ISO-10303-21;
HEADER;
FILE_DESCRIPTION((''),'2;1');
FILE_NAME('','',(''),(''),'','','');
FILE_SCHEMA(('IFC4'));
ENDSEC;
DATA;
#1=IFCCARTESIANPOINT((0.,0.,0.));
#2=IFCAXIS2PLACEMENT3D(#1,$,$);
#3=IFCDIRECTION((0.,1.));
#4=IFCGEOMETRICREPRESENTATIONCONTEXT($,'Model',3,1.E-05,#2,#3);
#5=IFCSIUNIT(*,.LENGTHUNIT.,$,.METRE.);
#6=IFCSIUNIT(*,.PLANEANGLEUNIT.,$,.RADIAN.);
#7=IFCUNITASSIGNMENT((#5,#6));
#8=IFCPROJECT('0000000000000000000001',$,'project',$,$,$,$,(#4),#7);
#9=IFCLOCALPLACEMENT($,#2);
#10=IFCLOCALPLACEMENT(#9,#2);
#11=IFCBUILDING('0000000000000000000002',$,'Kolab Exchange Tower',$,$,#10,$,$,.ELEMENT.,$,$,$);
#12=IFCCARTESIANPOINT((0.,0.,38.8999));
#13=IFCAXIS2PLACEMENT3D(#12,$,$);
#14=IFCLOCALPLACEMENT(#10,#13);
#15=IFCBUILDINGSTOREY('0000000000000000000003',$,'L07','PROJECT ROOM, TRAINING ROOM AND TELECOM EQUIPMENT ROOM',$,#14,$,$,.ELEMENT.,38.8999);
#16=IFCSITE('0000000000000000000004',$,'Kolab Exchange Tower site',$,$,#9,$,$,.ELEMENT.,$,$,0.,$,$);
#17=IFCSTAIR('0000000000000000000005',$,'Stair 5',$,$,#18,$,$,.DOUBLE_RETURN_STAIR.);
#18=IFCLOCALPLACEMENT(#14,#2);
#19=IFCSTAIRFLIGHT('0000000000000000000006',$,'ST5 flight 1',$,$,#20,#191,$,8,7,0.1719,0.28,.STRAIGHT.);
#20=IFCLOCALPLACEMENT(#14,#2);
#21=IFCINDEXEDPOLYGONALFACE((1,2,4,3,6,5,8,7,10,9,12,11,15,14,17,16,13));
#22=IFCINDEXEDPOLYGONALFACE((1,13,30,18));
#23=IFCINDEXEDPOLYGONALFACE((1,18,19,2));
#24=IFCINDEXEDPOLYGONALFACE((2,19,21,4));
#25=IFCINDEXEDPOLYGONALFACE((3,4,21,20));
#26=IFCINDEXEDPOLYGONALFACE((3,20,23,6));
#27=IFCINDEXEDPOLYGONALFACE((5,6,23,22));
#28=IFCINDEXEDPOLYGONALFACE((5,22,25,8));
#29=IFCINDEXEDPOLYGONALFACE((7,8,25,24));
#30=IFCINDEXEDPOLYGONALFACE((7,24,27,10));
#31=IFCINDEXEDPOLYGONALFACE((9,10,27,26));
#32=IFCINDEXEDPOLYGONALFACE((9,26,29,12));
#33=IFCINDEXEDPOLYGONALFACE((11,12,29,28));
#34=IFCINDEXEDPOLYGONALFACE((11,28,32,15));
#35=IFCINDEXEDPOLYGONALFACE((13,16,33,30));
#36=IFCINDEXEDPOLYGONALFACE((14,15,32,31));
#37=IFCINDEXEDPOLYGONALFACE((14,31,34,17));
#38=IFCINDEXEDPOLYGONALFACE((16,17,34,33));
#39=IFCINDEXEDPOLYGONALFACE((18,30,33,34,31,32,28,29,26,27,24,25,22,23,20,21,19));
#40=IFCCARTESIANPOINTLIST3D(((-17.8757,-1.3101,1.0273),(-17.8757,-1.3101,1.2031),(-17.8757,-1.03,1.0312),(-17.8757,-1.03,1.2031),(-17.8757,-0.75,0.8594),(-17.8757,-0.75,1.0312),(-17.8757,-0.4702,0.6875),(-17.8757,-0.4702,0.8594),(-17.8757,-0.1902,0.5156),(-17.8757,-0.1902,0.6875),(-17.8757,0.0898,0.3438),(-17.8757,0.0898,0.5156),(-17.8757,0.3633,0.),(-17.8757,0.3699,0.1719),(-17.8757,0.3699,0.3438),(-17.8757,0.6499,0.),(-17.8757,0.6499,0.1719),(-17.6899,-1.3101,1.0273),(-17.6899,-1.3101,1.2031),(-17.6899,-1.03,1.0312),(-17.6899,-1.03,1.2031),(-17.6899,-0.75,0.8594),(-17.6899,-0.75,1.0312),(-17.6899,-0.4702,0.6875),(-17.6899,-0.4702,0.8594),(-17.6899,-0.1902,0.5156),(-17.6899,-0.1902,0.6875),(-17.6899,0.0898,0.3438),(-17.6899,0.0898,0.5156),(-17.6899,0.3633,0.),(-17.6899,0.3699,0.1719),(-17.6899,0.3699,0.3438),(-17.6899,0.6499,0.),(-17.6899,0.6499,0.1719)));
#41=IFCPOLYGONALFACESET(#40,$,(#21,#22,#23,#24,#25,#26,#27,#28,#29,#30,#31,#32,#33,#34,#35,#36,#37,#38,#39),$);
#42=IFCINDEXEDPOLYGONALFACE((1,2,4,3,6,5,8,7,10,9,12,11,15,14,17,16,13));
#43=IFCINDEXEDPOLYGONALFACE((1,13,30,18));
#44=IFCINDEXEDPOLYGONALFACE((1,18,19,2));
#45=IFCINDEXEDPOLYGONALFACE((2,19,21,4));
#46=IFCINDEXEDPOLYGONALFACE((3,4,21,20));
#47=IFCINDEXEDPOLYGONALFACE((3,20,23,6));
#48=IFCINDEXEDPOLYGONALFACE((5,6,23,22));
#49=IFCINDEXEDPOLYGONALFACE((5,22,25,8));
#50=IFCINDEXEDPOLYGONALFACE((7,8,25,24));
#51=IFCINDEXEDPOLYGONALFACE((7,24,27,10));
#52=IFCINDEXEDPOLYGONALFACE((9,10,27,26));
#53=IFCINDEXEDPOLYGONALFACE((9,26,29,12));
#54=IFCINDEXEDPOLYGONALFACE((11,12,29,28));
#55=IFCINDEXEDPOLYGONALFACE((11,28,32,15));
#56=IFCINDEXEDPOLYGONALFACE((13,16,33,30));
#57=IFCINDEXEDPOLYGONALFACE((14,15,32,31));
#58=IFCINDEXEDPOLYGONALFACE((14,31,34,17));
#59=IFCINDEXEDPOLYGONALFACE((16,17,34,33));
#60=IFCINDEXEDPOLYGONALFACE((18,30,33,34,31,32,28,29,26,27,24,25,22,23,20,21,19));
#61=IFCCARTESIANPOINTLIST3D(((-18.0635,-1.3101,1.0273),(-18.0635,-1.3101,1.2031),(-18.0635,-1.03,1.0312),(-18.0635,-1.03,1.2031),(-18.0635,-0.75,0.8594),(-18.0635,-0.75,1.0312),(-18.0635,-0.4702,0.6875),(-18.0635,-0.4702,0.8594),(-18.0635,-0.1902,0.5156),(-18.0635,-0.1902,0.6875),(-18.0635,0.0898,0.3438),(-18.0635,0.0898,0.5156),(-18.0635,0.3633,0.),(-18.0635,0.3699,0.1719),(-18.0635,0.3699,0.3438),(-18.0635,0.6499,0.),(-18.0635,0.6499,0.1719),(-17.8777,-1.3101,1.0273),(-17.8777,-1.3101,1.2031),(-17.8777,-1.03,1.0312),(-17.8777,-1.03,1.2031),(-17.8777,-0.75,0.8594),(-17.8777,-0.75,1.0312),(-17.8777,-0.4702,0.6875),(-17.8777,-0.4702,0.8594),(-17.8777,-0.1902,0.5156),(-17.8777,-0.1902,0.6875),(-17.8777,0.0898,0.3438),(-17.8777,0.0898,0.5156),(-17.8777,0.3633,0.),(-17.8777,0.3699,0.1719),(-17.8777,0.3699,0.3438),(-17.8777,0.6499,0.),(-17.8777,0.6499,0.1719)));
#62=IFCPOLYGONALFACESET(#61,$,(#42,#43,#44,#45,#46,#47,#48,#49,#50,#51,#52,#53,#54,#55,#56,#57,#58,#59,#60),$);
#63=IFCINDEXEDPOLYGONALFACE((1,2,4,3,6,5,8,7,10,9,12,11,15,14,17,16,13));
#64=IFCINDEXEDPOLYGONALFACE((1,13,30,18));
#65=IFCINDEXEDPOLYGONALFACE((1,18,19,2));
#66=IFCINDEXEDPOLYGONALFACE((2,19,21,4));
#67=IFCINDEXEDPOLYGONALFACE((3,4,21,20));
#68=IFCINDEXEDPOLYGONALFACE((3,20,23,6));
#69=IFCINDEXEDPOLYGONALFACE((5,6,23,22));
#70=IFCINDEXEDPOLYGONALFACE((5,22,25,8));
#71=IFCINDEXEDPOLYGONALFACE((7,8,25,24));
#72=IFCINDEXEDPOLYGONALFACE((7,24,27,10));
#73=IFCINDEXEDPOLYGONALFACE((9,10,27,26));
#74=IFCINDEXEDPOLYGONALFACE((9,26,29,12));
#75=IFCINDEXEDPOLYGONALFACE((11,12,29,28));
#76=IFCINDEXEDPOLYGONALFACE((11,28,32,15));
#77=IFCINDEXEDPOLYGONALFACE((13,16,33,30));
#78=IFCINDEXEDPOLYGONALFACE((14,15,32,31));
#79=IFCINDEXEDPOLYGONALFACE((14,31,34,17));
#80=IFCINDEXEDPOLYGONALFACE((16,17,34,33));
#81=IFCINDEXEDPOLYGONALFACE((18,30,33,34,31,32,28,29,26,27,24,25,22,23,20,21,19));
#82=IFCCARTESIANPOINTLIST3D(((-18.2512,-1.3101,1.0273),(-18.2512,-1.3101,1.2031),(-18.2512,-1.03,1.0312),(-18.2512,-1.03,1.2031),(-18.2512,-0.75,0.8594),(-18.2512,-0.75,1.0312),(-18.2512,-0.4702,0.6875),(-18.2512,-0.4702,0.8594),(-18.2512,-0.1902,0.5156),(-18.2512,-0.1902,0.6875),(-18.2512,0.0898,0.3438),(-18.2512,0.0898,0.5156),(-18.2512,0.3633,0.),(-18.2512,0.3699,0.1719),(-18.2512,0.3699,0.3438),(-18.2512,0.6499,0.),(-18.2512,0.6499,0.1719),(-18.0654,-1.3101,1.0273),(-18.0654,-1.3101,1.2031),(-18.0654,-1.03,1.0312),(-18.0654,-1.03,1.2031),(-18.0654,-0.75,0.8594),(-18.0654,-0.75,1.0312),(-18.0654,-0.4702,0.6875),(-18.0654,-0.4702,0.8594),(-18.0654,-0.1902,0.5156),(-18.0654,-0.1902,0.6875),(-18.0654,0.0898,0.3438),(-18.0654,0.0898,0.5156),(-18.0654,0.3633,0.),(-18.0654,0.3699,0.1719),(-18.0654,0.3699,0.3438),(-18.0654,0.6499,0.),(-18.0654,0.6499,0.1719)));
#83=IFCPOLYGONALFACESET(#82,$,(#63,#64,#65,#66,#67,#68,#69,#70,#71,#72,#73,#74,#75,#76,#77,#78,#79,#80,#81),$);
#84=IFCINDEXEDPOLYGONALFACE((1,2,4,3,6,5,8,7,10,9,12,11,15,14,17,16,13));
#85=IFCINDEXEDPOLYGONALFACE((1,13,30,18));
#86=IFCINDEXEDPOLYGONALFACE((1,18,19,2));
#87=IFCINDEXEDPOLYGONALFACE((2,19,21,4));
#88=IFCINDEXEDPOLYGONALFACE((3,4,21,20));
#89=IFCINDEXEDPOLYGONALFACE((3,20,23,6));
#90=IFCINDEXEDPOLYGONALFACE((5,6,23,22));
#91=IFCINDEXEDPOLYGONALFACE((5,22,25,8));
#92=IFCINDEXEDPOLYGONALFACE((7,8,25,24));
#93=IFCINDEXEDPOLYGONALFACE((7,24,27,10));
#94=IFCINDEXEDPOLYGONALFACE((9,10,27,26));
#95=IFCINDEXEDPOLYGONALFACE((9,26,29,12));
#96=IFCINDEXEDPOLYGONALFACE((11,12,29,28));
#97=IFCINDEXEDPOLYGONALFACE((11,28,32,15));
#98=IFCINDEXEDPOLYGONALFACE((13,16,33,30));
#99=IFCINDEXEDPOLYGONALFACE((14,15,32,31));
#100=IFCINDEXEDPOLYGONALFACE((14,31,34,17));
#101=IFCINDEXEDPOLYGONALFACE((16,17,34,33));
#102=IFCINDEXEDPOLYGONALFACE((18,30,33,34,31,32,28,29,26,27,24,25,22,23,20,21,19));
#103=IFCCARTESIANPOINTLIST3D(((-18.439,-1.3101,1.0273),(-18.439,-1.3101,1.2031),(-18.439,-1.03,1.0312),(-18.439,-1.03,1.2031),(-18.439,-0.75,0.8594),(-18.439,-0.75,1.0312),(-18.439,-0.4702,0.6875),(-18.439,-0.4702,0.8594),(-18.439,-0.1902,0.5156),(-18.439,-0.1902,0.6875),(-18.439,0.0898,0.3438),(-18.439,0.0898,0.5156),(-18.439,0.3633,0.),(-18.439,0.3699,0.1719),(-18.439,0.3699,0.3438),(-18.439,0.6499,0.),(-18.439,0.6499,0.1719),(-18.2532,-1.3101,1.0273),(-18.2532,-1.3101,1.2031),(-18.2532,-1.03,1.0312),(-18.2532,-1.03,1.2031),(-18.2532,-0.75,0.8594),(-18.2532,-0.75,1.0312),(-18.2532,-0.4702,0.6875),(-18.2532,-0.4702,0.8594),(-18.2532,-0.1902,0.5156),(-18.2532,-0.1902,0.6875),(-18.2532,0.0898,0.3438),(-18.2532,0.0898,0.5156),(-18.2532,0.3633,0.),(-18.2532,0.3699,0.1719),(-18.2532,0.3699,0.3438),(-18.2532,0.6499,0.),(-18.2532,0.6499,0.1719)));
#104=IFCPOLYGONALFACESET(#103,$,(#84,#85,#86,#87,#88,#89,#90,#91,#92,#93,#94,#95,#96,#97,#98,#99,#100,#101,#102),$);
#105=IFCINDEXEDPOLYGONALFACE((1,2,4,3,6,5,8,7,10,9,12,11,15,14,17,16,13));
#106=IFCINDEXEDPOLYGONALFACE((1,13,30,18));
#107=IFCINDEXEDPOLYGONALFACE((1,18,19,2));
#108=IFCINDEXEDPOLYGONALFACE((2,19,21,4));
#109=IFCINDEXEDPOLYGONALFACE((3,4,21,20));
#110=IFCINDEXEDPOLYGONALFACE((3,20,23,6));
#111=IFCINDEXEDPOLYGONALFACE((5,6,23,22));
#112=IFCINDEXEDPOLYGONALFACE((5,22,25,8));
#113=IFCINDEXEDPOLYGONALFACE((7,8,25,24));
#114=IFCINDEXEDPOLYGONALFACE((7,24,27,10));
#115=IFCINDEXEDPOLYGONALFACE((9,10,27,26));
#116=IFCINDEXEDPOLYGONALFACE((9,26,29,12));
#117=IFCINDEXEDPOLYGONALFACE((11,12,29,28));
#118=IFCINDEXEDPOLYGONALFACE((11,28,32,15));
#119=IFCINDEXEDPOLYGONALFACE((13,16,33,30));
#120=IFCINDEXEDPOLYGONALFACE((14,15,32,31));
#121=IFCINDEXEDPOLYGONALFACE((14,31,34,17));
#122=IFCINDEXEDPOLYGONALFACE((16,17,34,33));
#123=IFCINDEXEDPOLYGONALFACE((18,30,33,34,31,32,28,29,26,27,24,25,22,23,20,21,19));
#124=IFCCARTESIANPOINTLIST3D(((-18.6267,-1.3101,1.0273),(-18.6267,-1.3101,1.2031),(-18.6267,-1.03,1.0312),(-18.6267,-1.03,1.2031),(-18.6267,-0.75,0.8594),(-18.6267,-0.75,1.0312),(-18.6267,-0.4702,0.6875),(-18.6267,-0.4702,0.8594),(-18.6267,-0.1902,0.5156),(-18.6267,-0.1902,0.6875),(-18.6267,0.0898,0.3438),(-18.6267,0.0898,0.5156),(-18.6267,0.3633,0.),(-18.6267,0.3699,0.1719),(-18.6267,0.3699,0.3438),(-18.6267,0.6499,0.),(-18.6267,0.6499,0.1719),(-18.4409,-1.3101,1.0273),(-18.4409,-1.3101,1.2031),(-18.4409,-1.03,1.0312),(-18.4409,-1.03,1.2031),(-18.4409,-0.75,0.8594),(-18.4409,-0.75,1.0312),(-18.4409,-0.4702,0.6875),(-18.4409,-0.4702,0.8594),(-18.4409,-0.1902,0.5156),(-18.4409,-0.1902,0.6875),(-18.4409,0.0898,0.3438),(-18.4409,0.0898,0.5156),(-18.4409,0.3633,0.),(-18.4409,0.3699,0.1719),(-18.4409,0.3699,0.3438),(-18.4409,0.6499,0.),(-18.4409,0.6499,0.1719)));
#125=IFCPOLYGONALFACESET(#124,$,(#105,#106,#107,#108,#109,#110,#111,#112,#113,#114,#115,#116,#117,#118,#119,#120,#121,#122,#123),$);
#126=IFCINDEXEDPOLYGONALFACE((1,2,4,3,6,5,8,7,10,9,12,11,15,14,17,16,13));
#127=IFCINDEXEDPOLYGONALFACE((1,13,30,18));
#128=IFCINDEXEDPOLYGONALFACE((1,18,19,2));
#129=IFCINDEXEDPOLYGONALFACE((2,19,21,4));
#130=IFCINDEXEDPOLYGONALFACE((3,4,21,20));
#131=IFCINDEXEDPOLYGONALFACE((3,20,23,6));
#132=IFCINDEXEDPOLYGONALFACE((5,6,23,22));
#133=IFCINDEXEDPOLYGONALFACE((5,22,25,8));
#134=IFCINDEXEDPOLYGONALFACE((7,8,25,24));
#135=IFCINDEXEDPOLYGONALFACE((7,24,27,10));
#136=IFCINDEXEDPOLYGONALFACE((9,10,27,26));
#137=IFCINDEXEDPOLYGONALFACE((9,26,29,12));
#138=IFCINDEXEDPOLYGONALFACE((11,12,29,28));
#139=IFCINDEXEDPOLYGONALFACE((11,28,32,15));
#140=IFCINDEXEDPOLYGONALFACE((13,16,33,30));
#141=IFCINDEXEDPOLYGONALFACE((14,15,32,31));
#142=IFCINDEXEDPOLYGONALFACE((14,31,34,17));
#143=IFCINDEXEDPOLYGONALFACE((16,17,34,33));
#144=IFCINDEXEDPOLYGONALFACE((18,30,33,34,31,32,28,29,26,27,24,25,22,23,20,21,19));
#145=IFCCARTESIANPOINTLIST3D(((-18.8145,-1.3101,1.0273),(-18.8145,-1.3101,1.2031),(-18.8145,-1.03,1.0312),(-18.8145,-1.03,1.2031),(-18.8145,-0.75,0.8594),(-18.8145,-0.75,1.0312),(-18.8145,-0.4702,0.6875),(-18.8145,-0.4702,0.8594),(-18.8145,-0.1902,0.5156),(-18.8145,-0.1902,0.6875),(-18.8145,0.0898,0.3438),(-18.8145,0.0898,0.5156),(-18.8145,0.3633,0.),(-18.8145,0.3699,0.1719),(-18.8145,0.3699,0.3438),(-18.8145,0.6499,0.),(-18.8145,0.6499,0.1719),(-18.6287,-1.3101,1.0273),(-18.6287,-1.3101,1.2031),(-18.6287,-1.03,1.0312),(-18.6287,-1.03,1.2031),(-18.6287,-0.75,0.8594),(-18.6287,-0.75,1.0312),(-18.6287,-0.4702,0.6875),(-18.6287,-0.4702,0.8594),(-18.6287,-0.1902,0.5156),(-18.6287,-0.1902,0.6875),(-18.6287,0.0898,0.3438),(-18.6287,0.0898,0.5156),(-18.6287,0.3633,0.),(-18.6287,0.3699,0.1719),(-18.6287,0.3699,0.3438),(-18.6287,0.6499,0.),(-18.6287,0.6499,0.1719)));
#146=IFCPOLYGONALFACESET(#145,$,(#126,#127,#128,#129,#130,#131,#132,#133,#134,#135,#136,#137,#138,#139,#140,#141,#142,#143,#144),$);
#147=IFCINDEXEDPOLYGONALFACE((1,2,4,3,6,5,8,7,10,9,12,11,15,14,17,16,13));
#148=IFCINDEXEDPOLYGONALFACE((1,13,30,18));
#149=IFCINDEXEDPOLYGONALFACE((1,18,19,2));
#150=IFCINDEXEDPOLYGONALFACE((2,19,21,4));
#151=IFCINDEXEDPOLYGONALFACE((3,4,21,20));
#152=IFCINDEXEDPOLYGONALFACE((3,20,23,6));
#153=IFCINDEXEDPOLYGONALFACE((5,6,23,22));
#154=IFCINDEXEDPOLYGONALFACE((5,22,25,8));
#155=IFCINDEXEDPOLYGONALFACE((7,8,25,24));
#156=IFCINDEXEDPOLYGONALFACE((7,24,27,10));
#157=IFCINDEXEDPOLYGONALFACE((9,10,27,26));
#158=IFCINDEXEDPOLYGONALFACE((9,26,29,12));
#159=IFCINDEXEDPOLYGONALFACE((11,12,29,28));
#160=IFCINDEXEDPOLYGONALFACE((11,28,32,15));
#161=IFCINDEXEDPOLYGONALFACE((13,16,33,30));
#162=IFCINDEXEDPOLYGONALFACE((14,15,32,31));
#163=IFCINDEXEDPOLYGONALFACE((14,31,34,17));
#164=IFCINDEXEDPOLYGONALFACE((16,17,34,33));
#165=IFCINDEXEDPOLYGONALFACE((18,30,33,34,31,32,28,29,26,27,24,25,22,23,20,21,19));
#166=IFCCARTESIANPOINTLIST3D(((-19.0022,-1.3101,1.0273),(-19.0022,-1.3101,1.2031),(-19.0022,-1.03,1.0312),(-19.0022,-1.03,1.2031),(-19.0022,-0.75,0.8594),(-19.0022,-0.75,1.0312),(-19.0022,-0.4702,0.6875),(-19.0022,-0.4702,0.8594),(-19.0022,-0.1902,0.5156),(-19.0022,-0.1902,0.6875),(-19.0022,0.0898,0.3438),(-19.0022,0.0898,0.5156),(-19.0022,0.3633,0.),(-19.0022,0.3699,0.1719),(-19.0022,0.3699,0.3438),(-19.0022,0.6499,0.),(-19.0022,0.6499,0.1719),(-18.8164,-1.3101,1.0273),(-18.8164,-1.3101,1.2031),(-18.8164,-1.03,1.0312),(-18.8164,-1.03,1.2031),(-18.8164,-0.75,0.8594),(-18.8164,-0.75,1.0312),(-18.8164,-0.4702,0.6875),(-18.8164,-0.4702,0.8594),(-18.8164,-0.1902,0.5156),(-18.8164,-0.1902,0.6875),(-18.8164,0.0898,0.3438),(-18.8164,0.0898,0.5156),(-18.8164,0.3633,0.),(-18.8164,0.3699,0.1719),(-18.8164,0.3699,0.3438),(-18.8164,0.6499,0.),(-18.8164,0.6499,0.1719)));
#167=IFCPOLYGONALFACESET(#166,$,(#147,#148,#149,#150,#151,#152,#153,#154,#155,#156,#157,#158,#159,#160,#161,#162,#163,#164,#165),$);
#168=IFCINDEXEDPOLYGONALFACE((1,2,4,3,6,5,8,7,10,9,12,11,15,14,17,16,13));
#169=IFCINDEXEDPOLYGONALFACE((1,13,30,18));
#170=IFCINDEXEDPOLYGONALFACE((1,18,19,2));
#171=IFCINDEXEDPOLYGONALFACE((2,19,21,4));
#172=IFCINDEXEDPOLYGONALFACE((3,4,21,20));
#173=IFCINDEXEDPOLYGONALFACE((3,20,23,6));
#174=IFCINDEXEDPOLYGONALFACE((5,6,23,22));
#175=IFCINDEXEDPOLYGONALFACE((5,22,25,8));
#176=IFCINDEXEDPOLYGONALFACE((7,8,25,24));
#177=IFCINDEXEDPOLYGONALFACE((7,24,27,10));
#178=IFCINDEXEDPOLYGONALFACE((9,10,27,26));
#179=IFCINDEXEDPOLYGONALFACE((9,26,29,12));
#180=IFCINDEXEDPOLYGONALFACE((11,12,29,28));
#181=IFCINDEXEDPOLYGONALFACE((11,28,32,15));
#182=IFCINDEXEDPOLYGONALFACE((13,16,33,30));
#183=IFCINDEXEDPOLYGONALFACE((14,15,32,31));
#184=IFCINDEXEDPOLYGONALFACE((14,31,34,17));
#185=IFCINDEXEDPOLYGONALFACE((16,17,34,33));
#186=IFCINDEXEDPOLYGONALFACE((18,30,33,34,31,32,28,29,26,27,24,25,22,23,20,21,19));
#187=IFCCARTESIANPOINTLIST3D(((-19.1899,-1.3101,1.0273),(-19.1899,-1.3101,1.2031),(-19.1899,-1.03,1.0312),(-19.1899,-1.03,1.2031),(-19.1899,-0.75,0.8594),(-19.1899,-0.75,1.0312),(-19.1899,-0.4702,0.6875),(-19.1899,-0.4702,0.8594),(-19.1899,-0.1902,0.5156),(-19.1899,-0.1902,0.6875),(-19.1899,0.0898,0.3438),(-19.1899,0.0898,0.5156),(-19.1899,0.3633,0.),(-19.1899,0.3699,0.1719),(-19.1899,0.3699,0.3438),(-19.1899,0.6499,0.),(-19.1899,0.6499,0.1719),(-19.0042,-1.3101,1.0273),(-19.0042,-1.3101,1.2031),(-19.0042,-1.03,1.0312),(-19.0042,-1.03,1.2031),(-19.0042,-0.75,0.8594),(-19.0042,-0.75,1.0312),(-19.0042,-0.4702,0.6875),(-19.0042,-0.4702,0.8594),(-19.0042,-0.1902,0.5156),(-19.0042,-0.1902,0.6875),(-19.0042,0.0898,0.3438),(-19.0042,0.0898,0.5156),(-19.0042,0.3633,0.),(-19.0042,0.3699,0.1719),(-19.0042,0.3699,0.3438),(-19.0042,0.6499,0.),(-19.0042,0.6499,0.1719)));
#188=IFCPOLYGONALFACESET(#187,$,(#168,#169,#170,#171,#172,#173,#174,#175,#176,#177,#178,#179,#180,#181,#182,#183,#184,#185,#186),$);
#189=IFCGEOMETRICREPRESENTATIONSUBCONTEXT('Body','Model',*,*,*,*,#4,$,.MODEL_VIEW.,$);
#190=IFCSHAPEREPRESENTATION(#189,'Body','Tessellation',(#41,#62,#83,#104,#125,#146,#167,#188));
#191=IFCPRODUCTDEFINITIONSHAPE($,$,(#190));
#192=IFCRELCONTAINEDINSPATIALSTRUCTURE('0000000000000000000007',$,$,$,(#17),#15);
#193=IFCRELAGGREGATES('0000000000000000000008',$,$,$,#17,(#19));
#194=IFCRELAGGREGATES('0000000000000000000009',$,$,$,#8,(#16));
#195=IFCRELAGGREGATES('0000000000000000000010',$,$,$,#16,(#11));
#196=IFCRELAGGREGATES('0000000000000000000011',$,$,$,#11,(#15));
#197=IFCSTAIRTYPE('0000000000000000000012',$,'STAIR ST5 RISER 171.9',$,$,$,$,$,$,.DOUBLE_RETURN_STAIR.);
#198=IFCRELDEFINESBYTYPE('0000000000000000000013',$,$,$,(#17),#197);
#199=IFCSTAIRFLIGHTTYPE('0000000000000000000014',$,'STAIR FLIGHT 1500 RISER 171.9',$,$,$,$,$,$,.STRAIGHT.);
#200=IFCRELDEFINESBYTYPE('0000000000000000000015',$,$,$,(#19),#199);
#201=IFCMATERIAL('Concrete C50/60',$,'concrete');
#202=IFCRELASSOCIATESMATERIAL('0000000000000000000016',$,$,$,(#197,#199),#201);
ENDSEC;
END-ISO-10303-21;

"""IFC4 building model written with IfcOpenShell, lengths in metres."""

from ifc_helpers import new_model, si_unit, direction, frame, origin, place, context, subcontext, project, spatial, polyline, outline, extrude, material, type_object, element, aggregate, save


model = new_model("IFC4")

# Units and contexts
model_context = context("Model", 3, precision=1e-05, world=origin(), true_north=direction((0.0, 1.0)))
body_context = subcontext(model_context, "Body", "Model", "MODEL_VIEW")
ifc_project = project(units=[si_unit("LENGTHUNIT", "METRE"), si_unit("PLANEANGLEUNIT", "RADIAN")], contexts=[model_context])

# Site, building, storey
site_placement = place(None, origin())
site = spatial("IfcSite", under=ifc_project, at=site_placement, Name="Kolab Exchange Tower site", CompositionType="ELEMENT", RefElevation=0.0)
building_placement = place(site_placement, origin())
building = spatial("IfcBuilding", under=site, at=building_placement, Name="Kolab Exchange Tower", CompositionType="ELEMENT")
storey_placement = place(building_placement, frame((0.0, 0.0, 38.8999)))
storey = spatial("IfcBuildingStorey", under=building, at=storey_placement, Name="L07", Description="PROJECT ROOM, TRAINING ROOM AND TELECOM EQUIPMENT ROOM", CompositionType="ELEMENT", Elevation=38.8999)

# Shared definitions
ifc_material_1 = material(Name="Concrete C50/60", Category="concrete")

# Stair, stair flight
stair_type = type_object("IfcStairType", Name="STAIR ST5 RISER 171.9", PredefinedType="DOUBLE_RETURN_STAIR", material=ifc_material_1)
stair_placement = place(storey_placement, origin())
stair = element("IfcStair", 1, at=stair_placement, inside=storey, type_object=stair_type, Name="Stair 5", PredefinedType="DOUBLE_RETURN_STAIR")
stair_flight_type = type_object("IfcStairFlightType", Name="STAIR FLIGHT 1500 RISER 171.9", PredefinedType="STRAIGHT", material=ifc_material_1)
stair_flight_1_placement = place(storey_placement, frame((-18.4399, 0.6499, 0.0), z_axis=(0.0, 0.0, 1.0), x_axis=(0.0, -1.0, 0.0)))
stair_flight_1 = element("IfcStairFlight", 2, at=stair_flight_1_placement, type_object=stair_flight_type, Name="ST5 flight 1", NumberOfRisers=8, NumberOfTreads=7, PredefinedType="STRAIGHT", RiserHeight=0.1719, TreadLength=0.28, context=body_context, shape_type="SweptSolid", body=[
    extrude(outline(polyline([(0.0, 0.0), (0.0, 0.1719), (0.28, 0.1719), (0.28, 0.3438), (0.5601, 0.3438), (0.5601, 0.5156), (0.8401, 0.5156), (0.8401, 0.6875), (1.1201, 0.6875), (1.1201, 0.8594), (1.3999, 0.8594), (1.3999, 1.0312), (1.6799, 1.0312), (1.6799, 1.2031), (1.96, 1.2031), (1.96, 1.375), (1.96, 1.0273), (0.2866, 0.0), (0.0, 0.0)])), frame((0.0, 0.75, 0.0), z_axis=(0.0, -1.0, 0.0), x_axis=(1.0, 0.0, 0.0)), (0.0, 0.0, 1.0), 0.1858),
    extrude(outline(polyline([(0.0, 0.0), (0.0, 0.1719), (0.28, 0.1719), (0.28, 0.3438), (0.5601, 0.3438), (0.5601, 0.5156), (0.8401, 0.5156), (0.8401, 0.6875), (1.1201, 0.6875), (1.1201, 0.8594), (1.3999, 0.8594), (1.3999, 1.0312), (1.6799, 1.0312), (1.6799, 1.2031), (1.96, 1.2031), (1.96, 1.375), (1.96, 1.0273), (0.2866, 0.0), (0.0, 0.0)])), frame((0.0, 0.5623, 0.0), z_axis=(0.0, -1.0, 0.0), x_axis=(1.0, 0.0, 0.0)), (0.0, 0.0, 1.0), 0.1858),
    extrude(outline(polyline([(0.0, 0.0), (0.0, 0.1719), (0.28, 0.1719), (0.28, 0.3438), (0.5601, 0.3438), (0.5601, 0.5156), (0.8401, 0.5156), (0.8401, 0.6875), (1.1201, 0.6875), (1.1201, 0.8594), (1.3999, 0.8594), (1.3999, 1.0312), (1.6799, 1.0312), (1.6799, 1.2031), (1.96, 1.2031), (1.96, 1.375), (1.96, 1.0273), (0.2866, 0.0), (0.0, 0.0)])), frame((0.0, 0.3745, 0.0), z_axis=(0.0, -1.0, 0.0), x_axis=(1.0, 0.0, 0.0)), (0.0, 0.0, 1.0), 0.1858),
    extrude(outline(polyline([(0.0, 0.0), (0.0, 0.1719), (0.28, 0.1719), (0.28, 0.3438), (0.5601, 0.3438), (0.5601, 0.5156), (0.8401, 0.5156), (0.8401, 0.6875), (1.1201, 0.6875), (1.1201, 0.8594), (1.3999, 0.8594), (1.3999, 1.0312), (1.6799, 1.0312), (1.6799, 1.2031), (1.96, 1.2031), (1.96, 1.375), (1.96, 1.0273), (0.2866, 0.0), (0.0, 0.0)])), frame((0.0, 0.1868, 0.0), z_axis=(0.0, -1.0, 0.0), x_axis=(1.0, 0.0, 0.0)), (0.0, 0.0, 1.0), 0.1858),
    extrude(outline(polyline([(0.0, 0.0), (0.0, 0.1719), (0.28, 0.1719), (0.28, 0.3438), (0.5601, 0.3438), (0.5601, 0.5156), (0.8401, 0.5156), (0.8401, 0.6875), (1.1201, 0.6875), (1.1201, 0.8594), (1.3999, 0.8594), (1.3999, 1.0312), (1.6799, 1.0312), (1.6799, 1.2031), (1.96, 1.2031), (1.96, 1.375), (1.96, 1.0273), (0.2866, 0.0), (0.0, 0.0)])), frame((0.0, -0.001, 0.0), z_axis=(0.0, -1.0, 0.0), x_axis=(1.0, 0.0, 0.0)), (0.0, 0.0, 1.0), 0.1858),
    extrude(outline(polyline([(0.0, 0.0), (0.0, 0.1719), (0.28, 0.1719), (0.28, 0.3438), (0.5601, 0.3438), (0.5601, 0.5156), (0.8401, 0.5156), (0.8401, 0.6875), (1.1201, 0.6875), (1.1201, 0.8594), (1.3999, 0.8594), (1.3999, 1.0312), (1.6799, 1.0312), (1.6799, 1.2031), (1.96, 1.2031), (1.96, 1.375), (1.96, 1.0273), (0.2866, 0.0), (0.0, 0.0)])), frame((0.0, -0.1887, 0.0), z_axis=(0.0, -1.0, 0.0), x_axis=(1.0, 0.0, 0.0)), (0.0, 0.0, 1.0), 0.1858),
    extrude(outline(polyline([(0.0, 0.0), (0.0, 0.1719), (0.28, 0.1719), (0.28, 0.3438), (0.5601, 0.3438), (0.5601, 0.5156), (0.8401, 0.5156), (0.8401, 0.6875), (1.1201, 0.6875), (1.1201, 0.8594), (1.3999, 0.8594), (1.3999, 1.0312), (1.6799, 1.0312), (1.6799, 1.2031), (1.96, 1.2031), (1.96, 1.375), (1.96, 1.0273), (0.2866, 0.0), (0.0, 0.0)])), frame((0.0, -0.3765, 0.0), z_axis=(0.0, -1.0, 0.0), x_axis=(1.0, 0.0, 0.0)), (0.0, 0.0, 1.0), 0.1858),
    extrude(outline(polyline([(0.0, 0.0), (0.0, 0.1719), (0.28, 0.1719), (0.28, 0.3438), (0.5601, 0.3438), (0.5601, 0.5156), (0.8401, 0.5156), (0.8401, 0.6875), (1.1201, 0.6875), (1.1201, 0.8594), (1.3999, 0.8594), (1.3999, 1.0312), (1.6799, 1.0312), (1.6799, 1.2031), (1.96, 1.2031), (1.96, 1.375), (1.96, 1.0273), (0.2866, 0.0), (0.0, 0.0)])), frame((0.0, -0.5642, 0.0), z_axis=(0.0, -1.0, 0.0), x_axis=(1.0, 0.0, 0.0)), (0.0, 0.0, 1.0), 0.1858),
])
aggregate(stair, [stair_flight_1])

save(model, "model.ifc")
